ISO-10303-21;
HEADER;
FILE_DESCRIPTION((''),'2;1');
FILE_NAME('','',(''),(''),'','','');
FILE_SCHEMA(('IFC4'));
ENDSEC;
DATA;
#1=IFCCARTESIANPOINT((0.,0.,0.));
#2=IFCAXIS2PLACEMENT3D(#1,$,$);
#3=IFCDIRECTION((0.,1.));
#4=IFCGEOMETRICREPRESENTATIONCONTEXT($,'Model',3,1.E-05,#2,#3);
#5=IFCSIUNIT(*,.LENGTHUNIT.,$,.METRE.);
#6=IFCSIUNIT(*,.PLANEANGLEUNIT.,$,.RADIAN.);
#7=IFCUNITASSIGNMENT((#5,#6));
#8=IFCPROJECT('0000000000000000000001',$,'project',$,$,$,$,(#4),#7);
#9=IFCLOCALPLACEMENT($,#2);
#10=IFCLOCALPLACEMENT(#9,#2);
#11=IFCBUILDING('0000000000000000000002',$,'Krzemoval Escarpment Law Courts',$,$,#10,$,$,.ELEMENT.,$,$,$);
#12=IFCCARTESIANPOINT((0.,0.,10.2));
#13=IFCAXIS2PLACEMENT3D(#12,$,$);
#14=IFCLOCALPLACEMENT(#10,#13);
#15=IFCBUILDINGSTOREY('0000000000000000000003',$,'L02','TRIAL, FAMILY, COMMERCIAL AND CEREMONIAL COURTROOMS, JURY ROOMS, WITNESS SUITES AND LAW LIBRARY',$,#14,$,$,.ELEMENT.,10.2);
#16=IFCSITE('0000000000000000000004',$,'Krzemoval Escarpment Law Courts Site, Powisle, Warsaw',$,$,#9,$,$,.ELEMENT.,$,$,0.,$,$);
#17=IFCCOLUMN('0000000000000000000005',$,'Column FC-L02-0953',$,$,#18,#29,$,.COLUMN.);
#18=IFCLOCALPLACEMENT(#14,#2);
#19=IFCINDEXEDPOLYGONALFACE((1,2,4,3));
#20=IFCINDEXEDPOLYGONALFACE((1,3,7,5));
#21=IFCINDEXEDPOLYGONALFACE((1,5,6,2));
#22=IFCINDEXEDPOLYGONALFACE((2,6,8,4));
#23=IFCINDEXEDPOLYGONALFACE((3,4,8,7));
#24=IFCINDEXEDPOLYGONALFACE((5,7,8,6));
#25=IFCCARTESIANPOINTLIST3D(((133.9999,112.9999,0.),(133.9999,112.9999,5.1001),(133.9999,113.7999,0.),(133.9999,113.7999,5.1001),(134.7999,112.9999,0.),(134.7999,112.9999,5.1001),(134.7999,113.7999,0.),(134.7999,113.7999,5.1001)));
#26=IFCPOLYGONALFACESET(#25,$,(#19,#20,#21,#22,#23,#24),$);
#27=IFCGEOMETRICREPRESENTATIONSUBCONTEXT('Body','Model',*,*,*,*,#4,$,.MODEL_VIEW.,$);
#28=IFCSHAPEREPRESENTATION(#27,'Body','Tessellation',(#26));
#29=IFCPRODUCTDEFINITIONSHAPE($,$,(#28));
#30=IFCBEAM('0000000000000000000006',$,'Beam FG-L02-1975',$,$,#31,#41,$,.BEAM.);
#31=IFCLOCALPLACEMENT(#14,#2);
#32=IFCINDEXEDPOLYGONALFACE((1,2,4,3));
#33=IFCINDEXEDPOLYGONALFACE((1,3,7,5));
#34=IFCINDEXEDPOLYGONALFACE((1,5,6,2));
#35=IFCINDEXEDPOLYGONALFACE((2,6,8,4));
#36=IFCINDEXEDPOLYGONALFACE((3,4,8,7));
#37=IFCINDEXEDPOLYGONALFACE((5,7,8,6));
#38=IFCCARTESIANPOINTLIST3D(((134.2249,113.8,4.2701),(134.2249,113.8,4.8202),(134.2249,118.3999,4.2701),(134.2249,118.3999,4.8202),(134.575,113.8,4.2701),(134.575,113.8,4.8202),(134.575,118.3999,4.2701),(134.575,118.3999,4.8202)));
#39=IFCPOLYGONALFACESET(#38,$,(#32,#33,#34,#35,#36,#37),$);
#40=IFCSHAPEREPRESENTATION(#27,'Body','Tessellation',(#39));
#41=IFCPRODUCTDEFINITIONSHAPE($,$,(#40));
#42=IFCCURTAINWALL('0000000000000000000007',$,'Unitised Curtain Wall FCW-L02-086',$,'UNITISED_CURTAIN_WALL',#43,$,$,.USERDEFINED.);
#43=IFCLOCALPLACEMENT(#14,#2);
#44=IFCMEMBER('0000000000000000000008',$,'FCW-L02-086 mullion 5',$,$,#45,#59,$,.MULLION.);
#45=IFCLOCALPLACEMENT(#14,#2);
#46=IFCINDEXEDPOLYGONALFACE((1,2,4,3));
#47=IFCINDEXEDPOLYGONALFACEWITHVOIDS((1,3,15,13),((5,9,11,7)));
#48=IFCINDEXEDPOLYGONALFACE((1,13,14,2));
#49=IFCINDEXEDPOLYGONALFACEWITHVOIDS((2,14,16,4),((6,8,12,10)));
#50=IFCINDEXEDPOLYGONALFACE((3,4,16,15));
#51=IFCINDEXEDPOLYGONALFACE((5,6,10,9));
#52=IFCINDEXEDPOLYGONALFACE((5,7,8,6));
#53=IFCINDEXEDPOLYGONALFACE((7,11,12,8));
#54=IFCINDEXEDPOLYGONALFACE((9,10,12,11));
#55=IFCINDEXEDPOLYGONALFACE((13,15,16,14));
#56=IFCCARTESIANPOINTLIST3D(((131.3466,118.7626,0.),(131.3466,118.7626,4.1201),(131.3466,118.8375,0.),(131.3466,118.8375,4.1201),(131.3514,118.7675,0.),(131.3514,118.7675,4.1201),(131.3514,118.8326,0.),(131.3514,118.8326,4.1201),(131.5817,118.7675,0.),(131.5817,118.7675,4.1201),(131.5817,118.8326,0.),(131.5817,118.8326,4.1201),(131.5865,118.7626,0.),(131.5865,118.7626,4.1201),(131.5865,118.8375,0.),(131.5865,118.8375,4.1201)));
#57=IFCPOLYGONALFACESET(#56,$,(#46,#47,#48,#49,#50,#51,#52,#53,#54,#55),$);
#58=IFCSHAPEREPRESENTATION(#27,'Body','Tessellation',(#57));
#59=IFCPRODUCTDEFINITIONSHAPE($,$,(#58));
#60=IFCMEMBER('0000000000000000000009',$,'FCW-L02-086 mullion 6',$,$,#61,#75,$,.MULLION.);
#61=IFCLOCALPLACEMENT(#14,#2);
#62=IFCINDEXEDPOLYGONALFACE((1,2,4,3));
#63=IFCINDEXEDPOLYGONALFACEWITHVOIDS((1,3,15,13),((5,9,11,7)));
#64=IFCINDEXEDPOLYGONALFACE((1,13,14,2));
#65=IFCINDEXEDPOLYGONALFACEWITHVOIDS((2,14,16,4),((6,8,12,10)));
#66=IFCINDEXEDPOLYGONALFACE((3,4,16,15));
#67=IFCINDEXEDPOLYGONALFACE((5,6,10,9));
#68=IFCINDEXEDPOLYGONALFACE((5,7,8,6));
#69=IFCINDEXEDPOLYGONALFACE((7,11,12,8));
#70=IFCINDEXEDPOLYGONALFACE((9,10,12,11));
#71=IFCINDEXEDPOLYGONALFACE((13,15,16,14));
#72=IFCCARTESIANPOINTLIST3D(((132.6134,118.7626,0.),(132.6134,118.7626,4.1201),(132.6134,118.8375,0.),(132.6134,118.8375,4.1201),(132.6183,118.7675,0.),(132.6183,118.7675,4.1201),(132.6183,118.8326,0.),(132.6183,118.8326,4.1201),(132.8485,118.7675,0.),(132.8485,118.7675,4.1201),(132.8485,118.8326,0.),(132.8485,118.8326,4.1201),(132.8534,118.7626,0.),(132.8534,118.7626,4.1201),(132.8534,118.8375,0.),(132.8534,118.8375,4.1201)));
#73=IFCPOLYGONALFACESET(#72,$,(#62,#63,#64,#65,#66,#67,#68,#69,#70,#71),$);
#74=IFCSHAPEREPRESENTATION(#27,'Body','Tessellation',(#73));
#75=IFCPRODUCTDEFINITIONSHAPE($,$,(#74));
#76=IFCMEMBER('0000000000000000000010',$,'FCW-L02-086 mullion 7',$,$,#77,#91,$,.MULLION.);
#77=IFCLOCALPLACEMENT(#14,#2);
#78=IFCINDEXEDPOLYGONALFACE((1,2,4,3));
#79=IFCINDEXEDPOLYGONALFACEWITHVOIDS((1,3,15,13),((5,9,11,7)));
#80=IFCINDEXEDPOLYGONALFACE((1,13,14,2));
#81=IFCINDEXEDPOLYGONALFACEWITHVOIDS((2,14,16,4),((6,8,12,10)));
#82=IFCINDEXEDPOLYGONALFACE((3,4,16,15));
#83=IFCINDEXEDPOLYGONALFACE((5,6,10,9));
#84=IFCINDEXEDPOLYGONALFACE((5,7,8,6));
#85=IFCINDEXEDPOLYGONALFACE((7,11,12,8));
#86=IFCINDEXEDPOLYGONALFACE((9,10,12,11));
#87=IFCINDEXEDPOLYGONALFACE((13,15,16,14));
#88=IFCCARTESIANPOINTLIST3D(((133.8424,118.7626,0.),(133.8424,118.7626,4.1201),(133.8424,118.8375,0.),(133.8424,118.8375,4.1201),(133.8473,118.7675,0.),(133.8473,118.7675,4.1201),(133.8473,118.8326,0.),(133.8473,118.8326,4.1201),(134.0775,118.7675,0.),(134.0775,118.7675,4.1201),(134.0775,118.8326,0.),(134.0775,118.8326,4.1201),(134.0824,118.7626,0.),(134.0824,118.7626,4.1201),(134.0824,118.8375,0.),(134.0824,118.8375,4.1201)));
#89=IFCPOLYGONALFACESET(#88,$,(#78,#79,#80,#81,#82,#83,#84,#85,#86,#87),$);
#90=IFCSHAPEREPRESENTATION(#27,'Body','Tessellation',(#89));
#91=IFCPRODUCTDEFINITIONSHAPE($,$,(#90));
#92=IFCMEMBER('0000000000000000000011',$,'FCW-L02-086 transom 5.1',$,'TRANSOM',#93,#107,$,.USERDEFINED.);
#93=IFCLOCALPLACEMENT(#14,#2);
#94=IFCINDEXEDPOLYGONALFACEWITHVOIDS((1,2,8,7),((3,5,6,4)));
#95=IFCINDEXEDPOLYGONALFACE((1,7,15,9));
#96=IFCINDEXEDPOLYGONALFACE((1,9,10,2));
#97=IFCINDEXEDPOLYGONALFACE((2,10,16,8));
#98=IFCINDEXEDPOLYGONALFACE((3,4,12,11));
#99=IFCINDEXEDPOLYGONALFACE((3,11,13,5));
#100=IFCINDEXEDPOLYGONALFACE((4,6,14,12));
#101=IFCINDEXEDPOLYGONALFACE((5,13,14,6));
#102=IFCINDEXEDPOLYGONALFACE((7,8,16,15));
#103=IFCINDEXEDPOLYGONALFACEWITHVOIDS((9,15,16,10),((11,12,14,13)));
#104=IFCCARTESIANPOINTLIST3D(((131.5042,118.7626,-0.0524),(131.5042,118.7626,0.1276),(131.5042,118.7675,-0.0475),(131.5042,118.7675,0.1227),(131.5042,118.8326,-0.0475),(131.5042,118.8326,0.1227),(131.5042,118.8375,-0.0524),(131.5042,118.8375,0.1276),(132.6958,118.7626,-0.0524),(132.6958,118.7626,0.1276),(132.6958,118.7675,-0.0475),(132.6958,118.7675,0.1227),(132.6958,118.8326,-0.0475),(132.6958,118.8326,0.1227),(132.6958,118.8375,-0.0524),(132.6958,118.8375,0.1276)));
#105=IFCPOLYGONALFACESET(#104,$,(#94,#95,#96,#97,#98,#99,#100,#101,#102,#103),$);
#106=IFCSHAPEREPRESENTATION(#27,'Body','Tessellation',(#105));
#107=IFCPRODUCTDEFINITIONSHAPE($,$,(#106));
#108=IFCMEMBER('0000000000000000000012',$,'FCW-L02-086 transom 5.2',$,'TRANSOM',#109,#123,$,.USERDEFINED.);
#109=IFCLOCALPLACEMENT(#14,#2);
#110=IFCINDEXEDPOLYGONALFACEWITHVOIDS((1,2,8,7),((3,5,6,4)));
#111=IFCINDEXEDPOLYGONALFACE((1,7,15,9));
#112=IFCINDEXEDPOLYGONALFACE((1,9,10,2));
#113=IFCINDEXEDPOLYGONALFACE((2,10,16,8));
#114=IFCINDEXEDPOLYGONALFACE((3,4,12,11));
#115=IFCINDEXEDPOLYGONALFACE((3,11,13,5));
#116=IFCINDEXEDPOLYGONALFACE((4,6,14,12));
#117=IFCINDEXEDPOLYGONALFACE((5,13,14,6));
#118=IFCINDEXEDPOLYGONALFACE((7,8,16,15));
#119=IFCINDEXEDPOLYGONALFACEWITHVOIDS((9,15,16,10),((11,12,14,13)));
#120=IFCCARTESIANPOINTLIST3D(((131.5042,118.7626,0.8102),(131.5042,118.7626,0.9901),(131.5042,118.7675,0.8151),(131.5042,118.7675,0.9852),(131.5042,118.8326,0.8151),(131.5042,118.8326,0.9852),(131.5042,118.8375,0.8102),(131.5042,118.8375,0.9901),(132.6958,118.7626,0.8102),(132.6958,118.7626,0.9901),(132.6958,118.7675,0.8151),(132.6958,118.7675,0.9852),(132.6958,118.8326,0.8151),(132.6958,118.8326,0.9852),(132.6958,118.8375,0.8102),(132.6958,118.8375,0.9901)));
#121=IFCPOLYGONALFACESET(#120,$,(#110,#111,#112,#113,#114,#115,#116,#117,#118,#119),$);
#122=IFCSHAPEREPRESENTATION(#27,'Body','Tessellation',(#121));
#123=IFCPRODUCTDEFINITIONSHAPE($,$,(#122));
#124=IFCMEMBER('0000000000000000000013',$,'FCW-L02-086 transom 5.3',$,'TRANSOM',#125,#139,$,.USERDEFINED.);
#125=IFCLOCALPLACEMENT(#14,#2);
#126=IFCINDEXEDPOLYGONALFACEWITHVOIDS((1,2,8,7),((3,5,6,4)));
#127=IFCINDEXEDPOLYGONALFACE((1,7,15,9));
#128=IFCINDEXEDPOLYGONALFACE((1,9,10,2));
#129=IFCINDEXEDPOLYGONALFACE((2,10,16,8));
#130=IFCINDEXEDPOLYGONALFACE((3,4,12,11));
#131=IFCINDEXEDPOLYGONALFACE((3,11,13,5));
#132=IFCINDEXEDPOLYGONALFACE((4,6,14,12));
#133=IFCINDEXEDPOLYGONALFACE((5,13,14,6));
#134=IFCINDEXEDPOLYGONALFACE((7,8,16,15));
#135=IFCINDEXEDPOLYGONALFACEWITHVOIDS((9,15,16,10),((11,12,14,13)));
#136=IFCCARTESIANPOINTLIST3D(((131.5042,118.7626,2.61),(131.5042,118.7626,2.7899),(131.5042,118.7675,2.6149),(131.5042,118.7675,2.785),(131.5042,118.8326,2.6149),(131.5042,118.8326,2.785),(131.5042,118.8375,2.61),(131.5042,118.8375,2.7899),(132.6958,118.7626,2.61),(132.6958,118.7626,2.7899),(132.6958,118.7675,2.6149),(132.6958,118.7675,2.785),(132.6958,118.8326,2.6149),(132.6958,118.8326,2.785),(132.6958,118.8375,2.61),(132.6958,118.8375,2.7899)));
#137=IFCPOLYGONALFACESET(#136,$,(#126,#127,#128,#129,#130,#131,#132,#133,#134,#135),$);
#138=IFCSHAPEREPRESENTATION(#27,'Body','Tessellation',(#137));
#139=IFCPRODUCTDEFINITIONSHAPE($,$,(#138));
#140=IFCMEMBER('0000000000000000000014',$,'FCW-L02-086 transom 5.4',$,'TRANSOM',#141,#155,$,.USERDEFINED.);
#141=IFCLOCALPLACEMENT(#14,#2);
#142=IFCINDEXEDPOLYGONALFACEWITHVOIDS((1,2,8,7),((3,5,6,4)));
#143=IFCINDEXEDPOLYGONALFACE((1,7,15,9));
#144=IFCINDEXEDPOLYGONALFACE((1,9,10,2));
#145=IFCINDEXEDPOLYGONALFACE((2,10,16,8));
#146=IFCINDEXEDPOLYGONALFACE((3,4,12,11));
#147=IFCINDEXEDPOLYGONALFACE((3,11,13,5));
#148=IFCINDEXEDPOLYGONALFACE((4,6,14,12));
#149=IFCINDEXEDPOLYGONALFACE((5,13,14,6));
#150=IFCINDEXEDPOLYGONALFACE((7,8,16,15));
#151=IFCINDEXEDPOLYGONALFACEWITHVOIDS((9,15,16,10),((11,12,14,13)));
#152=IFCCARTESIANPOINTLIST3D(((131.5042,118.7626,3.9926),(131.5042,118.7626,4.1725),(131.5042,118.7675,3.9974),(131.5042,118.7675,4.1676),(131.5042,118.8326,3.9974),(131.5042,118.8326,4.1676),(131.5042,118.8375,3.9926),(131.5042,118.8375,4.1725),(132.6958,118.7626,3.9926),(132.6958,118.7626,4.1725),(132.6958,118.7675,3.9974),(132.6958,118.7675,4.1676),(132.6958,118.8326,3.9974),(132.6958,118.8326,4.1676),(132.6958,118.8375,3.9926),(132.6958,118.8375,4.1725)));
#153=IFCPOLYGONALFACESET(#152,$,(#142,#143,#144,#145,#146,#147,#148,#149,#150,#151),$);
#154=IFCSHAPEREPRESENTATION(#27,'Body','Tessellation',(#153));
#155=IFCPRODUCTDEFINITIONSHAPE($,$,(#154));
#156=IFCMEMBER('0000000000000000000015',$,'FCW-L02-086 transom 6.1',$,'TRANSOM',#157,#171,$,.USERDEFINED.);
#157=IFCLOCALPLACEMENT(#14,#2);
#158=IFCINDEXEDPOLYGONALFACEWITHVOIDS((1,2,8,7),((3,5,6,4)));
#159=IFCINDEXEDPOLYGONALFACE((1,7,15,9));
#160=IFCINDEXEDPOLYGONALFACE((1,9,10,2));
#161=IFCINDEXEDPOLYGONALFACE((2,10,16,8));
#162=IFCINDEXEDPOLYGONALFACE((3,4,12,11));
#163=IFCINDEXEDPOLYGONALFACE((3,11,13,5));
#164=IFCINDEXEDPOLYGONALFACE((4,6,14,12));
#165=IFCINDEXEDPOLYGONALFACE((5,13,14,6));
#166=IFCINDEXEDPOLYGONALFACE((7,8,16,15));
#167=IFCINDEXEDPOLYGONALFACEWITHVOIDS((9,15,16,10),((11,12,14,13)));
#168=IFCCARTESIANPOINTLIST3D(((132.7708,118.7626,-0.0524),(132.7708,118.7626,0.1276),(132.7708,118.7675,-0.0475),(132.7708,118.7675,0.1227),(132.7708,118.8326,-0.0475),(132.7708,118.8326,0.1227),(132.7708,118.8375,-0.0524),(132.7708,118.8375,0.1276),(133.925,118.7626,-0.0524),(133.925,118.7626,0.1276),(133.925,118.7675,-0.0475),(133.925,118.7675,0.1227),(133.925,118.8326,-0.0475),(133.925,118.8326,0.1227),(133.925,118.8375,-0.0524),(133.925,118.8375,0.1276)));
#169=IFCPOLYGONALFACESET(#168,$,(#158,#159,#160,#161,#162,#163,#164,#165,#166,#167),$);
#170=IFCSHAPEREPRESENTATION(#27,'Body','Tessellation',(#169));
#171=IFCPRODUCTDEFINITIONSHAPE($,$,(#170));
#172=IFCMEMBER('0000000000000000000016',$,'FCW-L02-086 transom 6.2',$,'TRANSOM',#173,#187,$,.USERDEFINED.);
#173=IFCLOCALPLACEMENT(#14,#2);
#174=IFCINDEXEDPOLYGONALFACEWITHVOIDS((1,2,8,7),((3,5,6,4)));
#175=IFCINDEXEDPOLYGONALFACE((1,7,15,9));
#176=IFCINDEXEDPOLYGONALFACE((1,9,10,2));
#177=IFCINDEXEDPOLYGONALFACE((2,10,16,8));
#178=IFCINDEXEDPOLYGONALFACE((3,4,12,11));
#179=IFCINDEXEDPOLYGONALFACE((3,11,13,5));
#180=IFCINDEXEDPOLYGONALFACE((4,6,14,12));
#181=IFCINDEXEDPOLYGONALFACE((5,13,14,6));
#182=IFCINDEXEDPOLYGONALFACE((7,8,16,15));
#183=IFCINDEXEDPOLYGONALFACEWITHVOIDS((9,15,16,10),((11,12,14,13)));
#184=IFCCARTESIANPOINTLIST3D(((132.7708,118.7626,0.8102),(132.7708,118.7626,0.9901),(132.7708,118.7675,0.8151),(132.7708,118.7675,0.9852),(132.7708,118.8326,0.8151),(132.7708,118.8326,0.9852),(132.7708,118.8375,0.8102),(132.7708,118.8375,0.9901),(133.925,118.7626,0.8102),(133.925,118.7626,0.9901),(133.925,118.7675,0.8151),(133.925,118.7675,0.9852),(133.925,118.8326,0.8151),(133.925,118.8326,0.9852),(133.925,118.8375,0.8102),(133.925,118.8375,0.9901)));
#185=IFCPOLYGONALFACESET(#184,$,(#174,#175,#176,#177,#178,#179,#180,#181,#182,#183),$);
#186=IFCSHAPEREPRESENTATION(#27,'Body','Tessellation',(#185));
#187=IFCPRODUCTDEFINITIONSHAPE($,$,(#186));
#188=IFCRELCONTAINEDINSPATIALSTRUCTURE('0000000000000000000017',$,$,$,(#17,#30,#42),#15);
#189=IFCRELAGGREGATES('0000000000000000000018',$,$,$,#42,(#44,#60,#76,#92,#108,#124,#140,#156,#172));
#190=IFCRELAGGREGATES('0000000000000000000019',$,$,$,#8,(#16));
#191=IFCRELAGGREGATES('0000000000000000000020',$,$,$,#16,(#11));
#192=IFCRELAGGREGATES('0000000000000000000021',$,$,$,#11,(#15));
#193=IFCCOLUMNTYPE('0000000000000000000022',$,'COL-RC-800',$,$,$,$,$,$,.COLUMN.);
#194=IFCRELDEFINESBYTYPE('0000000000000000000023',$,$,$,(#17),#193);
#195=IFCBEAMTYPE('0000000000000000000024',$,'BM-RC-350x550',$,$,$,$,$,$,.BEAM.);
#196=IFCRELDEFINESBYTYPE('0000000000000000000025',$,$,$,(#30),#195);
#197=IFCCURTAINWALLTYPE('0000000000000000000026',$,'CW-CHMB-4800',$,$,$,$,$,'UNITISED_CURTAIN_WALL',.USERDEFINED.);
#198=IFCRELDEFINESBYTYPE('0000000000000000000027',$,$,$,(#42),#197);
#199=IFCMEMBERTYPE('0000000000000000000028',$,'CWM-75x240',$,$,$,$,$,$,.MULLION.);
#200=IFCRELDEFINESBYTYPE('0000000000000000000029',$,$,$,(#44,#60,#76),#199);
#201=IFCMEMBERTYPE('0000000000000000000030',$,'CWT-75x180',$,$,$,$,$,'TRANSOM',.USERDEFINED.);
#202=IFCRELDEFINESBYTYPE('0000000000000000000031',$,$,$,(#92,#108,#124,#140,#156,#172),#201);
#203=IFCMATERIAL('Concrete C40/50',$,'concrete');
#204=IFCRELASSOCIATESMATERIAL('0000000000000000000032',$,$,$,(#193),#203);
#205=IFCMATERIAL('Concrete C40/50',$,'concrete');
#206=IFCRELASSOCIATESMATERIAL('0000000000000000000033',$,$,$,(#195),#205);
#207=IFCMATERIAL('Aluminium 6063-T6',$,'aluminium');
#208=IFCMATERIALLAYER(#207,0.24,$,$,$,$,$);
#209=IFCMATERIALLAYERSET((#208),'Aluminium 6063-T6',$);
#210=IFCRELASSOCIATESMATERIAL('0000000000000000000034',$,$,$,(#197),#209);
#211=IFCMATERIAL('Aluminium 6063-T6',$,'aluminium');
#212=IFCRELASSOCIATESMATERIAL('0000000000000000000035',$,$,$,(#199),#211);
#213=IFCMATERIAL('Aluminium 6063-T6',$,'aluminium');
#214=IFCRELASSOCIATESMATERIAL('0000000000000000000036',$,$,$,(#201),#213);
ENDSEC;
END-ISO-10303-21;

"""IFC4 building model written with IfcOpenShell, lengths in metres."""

from ifc_helpers import new_model, si_unit, direction, frame, origin, origin_2d, place, context, subcontext, project, spatial, rectangle, hollow_rectangle, extrude, material, layer, layer_set, material_profile, profile_set, type_object, element, aggregate, save


model = new_model("IFC4")

# Units and contexts
model_context = context("Model", 3, precision=1e-05, world=origin(), true_north=direction((0.0, 1.0)))
body_context = subcontext(model_context, "Body", "Model", "MODEL_VIEW")
ifc_project = project(units=[si_unit("LENGTHUNIT", "METRE"), si_unit("PLANEANGLEUNIT", "RADIAN")], contexts=[model_context])

# Site, building, storey
site_placement = place(None, origin())
site = spatial("IfcSite", under=ifc_project, at=site_placement, Name="Krzemoval Escarpment Law Courts Site, Powisle, Warsaw", CompositionType="ELEMENT", RefElevation=0.0)
building_placement = place(site_placement, origin())
building = spatial("IfcBuilding", under=site, at=building_placement, Name="Krzemoval Escarpment Law Courts", CompositionType="ELEMENT")
storey_placement = place(building_placement, frame((0.0, 0.0, 10.2)))
storey = spatial("IfcBuildingStorey", under=building, at=storey_placement, Name="L02", Description="TRIAL, FAMILY, COMMERCIAL AND CEREMONIAL COURTROOMS, JURY ROOMS, WITNESS SUITES AND LAW LIBRARY", CompositionType="ELEMENT", Elevation=10.2)

# Column
ifc_material_1 = material(Name="Concrete C40/50", Category="concrete")
ifc_material_profile_1 = material_profile(ifc_material_1, rectangle(XDim=0.8, YDim=0.8, at=origin_2d()), Name="RC 800x800")
ifc_profile_set_1 = profile_set([ifc_material_profile_1], Name="Concrete C40/50")
column_type = type_object("IfcColumnType", Name="COL-RC-800", PredefinedType="COLUMN", material=ifc_profile_set_1)
column_placement = place(storey_placement, frame((134.3999, 113.3999, 0.0), z_axis=(0.0, 0.0, 1.0), x_axis=(1.0, 0.0, 0.0)))
element("IfcColumn", 1, at=column_placement, inside=storey, type_object=column_type, Name="Column FC-L02-0953", PredefinedType="COLUMN", context=body_context, shape_type="SweptSolid", body=[
    extrude(rectangle(XDim=0.8, YDim=0.8, at=origin_2d()), origin(), (0.0, 0.0, 1.0), 5.1001),
])

# Beam
ifc_material_2 = material(Name="Concrete C40/50", Category="concrete")
ifc_material_profile_2 = material_profile(ifc_material_2, rectangle(XDim=0.3501, YDim=0.55, at=origin_2d()), Name="RCB 350x550")
ifc_profile_set_2 = profile_set([ifc_material_profile_2], Name="Concrete C40/50")
beam_type = type_object("IfcBeamType", Name="BM-RC-350x550", PredefinedType="BEAM", material=ifc_profile_set_2)
beam_placement = place(storey_placement, frame((134.3999, 113.8, 4.5452), z_axis=(0.0, 1.0, 0.0), x_axis=(-1.0, 0.0, 0.0)))
element("IfcBeam", 2, at=beam_placement, inside=storey, type_object=beam_type, Name="Beam FG-L02-1975", PredefinedType="BEAM", context=body_context, shape_type="SweptSolid", body=[
    extrude(rectangle(XDim=0.3501, YDim=0.55, at=origin_2d()), origin(), (0.0, 0.0, 1.0), 4.5999),
])

# Curtain wall, members
ifc_material_3 = material(Name="Aluminium 6063-T6", Category="aluminium")
ifc_layer_1 = layer(ifc_material_3, 0.24)
ifc_layer_set_1 = layer_set([ifc_layer_1], Name="Aluminium 6063-T6")
curtain_wall_type = type_object("IfcCurtainWallType", Name="CW-CHMB-4800", ElementType="UNITISED_CURTAIN_WALL", PredefinedType="USERDEFINED", material=ifc_layer_set_1)
curtain_wall_placement = place(storey_placement, origin())
curtain_wall = element("IfcCurtainWall", 3, at=curtain_wall_placement, inside=storey, type_object=curtain_wall_type, Name="Unitised Curtain Wall FCW-L02-086", ObjectType="UNITISED_CURTAIN_WALL", PredefinedType="USERDEFINED")
ifc_material_4 = material(Name="Aluminium 6063-T6", Category="aluminium")
ifc_material_profile_3 = material_profile(ifc_material_4, hollow_rectangle(XDim=0.075, YDim=0.24, WallThickness=0.0049, at=origin_2d()), Name="ALU M75x240")
ifc_profile_set_3 = profile_set([ifc_material_profile_3], Name="Aluminium 6063-T6")
member_type_1 = type_object("IfcMemberType", Name="CWM-75x240", PredefinedType="MULLION", material=ifc_profile_set_3)
member_1_placement = place(storey_placement, frame((131.4666, 118.8, 0.0), z_axis=(0.0, 0.0, 1.0), x_axis=(0.0, 1.0, 0.0)))
member_1 = element("IfcMember", 4, at=member_1_placement, type_object=member_type_1, Name="FCW-L02-086 mullion 5", PredefinedType="MULLION", context=body_context, shape_type="SweptSolid", body=[
    extrude(hollow_rectangle(XDim=0.075, YDim=0.24, WallThickness=0.0049, at=origin_2d()), origin(), (0.0, 0.0, 1.0), 4.1201),
])
member_2_placement = place(storey_placement, frame((132.7334, 118.8, 0.0), z_axis=(0.0, 0.0, 1.0), x_axis=(0.0, 1.0, 0.0)))
member_2 = element("IfcMember", 5, at=member_2_placement, type_object=member_type_1, Name="FCW-L02-086 mullion 6", PredefinedType="MULLION", context=body_context, shape_type="SweptSolid", body=[
    extrude(hollow_rectangle(XDim=0.075, YDim=0.24, WallThickness=0.0049, at=origin_2d()), origin(), (0.0, 0.0, 1.0), 4.1201),
])
member_3_placement = place(storey_placement, frame((133.9624, 118.8, 0.0), z_axis=(0.0, 0.0, 1.0), x_axis=(0.0, 1.0, 0.0)))
member_3 = element("IfcMember", 6, at=member_3_placement, type_object=member_type_1, Name="FCW-L02-086 mullion 7", PredefinedType="MULLION", context=body_context, shape_type="SweptSolid", body=[
    extrude(hollow_rectangle(XDim=0.075, YDim=0.24, WallThickness=0.0049, at=origin_2d()), origin(), (0.0, 0.0, 1.0), 4.1201),
])
ifc_material_5 = material(Name="Aluminium 6063-T6", Category="aluminium")
ifc_material_profile_4 = material_profile(ifc_material_5, hollow_rectangle(XDim=0.075, YDim=0.1799, WallThickness=0.0049, at=origin_2d()), Name="ALU T75x180")
ifc_profile_set_4 = profile_set([ifc_material_profile_4], Name="Aluminium 6063-T6")
member_type_2 = type_object("IfcMemberType", Name="CWT-75x180", ElementType="TRANSOM", PredefinedType="USERDEFINED", material=ifc_profile_set_4)
member_4_placement = place(storey_placement, frame((131.5042, 118.8, 0.0376), z_axis=(1.0, 0.0, 0.0), x_axis=(0.0, 1.0, 0.0)))
member_4 = element("IfcMember", 7, at=member_4_placement, type_object=member_type_2, Name="FCW-L02-086 transom 5.1", ObjectType="TRANSOM", PredefinedType="USERDEFINED", context=body_context, shape_type="SweptSolid", body=[
    extrude(hollow_rectangle(XDim=0.075, YDim=0.1799, WallThickness=0.0049, at=origin_2d()), origin(), (0.0, 0.0, 1.0), 1.1917),
])
member_5_placement = place(storey_placement, frame((131.5042, 118.8, 0.9001), z_axis=(1.0, 0.0, 0.0), x_axis=(0.0, 1.0, 0.0)))
member_5 = element("IfcMember", 8, at=member_5_placement, type_object=member_type_2, Name="FCW-L02-086 transom 5.2", ObjectType="TRANSOM", PredefinedType="USERDEFINED", context=body_context, shape_type="SweptSolid", body=[
    extrude(hollow_rectangle(XDim=0.075, YDim=0.1799, WallThickness=0.0049, at=origin_2d()), origin(), (0.0, 0.0, 1.0), 1.1917),
])
member_6_placement = place(storey_placement, frame((131.5042, 118.8, 2.7), z_axis=(1.0, 0.0, 0.0), x_axis=(0.0, 1.0, 0.0)))
member_6 = element("IfcMember", 9, at=member_6_placement, type_object=member_type_2, Name="FCW-L02-086 transom 5.3", ObjectType="TRANSOM", PredefinedType="USERDEFINED", context=body_context, shape_type="SweptSolid", body=[
    extrude(hollow_rectangle(XDim=0.075, YDim=0.1799, WallThickness=0.0049, at=origin_2d()), origin(), (0.0, 0.0, 1.0), 1.1917),
])
member_7_placement = place(storey_placement, frame((131.5042, 118.8, 4.0825), z_axis=(1.0, 0.0, 0.0), x_axis=(0.0, 1.0, 0.0)))
member_7 = element("IfcMember", 10, at=member_7_placement, type_object=member_type_2, Name="FCW-L02-086 transom 5.4", ObjectType="TRANSOM", PredefinedType="USERDEFINED", context=body_context, shape_type="SweptSolid", body=[
    extrude(hollow_rectangle(XDim=0.075, YDim=0.1799, WallThickness=0.0049, at=origin_2d()), origin(), (0.0, 0.0, 1.0), 1.1917),
])
member_8_placement = place(storey_placement, frame((132.7708, 118.8, 0.0376), z_axis=(1.0, 0.0, 0.0), x_axis=(0.0, 1.0, 0.0)))
member_8 = element("IfcMember", 11, at=member_8_placement, type_object=member_type_2, Name="FCW-L02-086 transom 6.1", ObjectType="TRANSOM", PredefinedType="USERDEFINED", context=body_context, shape_type="SweptSolid", body=[
    extrude(hollow_rectangle(XDim=0.075, YDim=0.1799, WallThickness=0.0049, at=origin_2d()), origin(), (0.0, 0.0, 1.0), 1.1543),
])
member_9_placement = place(storey_placement, frame((132.7708, 118.8, 0.9001), z_axis=(1.0, 0.0, 0.0), x_axis=(0.0, 1.0, 0.0)))
member_9 = element("IfcMember", 12, at=member_9_placement, type_object=member_type_2, Name="FCW-L02-086 transom 6.2", ObjectType="TRANSOM", PredefinedType="USERDEFINED", context=body_context, shape_type="SweptSolid", body=[
    extrude(hollow_rectangle(XDim=0.075, YDim=0.1799, WallThickness=0.0049, at=origin_2d()), origin(), (0.0, 0.0, 1.0), 1.1543),
])
aggregate(curtain_wall, [member_1, member_2, member_3, member_4, member_5, member_6, member_7, member_8, member_9])

save(model, "model.ifc")
